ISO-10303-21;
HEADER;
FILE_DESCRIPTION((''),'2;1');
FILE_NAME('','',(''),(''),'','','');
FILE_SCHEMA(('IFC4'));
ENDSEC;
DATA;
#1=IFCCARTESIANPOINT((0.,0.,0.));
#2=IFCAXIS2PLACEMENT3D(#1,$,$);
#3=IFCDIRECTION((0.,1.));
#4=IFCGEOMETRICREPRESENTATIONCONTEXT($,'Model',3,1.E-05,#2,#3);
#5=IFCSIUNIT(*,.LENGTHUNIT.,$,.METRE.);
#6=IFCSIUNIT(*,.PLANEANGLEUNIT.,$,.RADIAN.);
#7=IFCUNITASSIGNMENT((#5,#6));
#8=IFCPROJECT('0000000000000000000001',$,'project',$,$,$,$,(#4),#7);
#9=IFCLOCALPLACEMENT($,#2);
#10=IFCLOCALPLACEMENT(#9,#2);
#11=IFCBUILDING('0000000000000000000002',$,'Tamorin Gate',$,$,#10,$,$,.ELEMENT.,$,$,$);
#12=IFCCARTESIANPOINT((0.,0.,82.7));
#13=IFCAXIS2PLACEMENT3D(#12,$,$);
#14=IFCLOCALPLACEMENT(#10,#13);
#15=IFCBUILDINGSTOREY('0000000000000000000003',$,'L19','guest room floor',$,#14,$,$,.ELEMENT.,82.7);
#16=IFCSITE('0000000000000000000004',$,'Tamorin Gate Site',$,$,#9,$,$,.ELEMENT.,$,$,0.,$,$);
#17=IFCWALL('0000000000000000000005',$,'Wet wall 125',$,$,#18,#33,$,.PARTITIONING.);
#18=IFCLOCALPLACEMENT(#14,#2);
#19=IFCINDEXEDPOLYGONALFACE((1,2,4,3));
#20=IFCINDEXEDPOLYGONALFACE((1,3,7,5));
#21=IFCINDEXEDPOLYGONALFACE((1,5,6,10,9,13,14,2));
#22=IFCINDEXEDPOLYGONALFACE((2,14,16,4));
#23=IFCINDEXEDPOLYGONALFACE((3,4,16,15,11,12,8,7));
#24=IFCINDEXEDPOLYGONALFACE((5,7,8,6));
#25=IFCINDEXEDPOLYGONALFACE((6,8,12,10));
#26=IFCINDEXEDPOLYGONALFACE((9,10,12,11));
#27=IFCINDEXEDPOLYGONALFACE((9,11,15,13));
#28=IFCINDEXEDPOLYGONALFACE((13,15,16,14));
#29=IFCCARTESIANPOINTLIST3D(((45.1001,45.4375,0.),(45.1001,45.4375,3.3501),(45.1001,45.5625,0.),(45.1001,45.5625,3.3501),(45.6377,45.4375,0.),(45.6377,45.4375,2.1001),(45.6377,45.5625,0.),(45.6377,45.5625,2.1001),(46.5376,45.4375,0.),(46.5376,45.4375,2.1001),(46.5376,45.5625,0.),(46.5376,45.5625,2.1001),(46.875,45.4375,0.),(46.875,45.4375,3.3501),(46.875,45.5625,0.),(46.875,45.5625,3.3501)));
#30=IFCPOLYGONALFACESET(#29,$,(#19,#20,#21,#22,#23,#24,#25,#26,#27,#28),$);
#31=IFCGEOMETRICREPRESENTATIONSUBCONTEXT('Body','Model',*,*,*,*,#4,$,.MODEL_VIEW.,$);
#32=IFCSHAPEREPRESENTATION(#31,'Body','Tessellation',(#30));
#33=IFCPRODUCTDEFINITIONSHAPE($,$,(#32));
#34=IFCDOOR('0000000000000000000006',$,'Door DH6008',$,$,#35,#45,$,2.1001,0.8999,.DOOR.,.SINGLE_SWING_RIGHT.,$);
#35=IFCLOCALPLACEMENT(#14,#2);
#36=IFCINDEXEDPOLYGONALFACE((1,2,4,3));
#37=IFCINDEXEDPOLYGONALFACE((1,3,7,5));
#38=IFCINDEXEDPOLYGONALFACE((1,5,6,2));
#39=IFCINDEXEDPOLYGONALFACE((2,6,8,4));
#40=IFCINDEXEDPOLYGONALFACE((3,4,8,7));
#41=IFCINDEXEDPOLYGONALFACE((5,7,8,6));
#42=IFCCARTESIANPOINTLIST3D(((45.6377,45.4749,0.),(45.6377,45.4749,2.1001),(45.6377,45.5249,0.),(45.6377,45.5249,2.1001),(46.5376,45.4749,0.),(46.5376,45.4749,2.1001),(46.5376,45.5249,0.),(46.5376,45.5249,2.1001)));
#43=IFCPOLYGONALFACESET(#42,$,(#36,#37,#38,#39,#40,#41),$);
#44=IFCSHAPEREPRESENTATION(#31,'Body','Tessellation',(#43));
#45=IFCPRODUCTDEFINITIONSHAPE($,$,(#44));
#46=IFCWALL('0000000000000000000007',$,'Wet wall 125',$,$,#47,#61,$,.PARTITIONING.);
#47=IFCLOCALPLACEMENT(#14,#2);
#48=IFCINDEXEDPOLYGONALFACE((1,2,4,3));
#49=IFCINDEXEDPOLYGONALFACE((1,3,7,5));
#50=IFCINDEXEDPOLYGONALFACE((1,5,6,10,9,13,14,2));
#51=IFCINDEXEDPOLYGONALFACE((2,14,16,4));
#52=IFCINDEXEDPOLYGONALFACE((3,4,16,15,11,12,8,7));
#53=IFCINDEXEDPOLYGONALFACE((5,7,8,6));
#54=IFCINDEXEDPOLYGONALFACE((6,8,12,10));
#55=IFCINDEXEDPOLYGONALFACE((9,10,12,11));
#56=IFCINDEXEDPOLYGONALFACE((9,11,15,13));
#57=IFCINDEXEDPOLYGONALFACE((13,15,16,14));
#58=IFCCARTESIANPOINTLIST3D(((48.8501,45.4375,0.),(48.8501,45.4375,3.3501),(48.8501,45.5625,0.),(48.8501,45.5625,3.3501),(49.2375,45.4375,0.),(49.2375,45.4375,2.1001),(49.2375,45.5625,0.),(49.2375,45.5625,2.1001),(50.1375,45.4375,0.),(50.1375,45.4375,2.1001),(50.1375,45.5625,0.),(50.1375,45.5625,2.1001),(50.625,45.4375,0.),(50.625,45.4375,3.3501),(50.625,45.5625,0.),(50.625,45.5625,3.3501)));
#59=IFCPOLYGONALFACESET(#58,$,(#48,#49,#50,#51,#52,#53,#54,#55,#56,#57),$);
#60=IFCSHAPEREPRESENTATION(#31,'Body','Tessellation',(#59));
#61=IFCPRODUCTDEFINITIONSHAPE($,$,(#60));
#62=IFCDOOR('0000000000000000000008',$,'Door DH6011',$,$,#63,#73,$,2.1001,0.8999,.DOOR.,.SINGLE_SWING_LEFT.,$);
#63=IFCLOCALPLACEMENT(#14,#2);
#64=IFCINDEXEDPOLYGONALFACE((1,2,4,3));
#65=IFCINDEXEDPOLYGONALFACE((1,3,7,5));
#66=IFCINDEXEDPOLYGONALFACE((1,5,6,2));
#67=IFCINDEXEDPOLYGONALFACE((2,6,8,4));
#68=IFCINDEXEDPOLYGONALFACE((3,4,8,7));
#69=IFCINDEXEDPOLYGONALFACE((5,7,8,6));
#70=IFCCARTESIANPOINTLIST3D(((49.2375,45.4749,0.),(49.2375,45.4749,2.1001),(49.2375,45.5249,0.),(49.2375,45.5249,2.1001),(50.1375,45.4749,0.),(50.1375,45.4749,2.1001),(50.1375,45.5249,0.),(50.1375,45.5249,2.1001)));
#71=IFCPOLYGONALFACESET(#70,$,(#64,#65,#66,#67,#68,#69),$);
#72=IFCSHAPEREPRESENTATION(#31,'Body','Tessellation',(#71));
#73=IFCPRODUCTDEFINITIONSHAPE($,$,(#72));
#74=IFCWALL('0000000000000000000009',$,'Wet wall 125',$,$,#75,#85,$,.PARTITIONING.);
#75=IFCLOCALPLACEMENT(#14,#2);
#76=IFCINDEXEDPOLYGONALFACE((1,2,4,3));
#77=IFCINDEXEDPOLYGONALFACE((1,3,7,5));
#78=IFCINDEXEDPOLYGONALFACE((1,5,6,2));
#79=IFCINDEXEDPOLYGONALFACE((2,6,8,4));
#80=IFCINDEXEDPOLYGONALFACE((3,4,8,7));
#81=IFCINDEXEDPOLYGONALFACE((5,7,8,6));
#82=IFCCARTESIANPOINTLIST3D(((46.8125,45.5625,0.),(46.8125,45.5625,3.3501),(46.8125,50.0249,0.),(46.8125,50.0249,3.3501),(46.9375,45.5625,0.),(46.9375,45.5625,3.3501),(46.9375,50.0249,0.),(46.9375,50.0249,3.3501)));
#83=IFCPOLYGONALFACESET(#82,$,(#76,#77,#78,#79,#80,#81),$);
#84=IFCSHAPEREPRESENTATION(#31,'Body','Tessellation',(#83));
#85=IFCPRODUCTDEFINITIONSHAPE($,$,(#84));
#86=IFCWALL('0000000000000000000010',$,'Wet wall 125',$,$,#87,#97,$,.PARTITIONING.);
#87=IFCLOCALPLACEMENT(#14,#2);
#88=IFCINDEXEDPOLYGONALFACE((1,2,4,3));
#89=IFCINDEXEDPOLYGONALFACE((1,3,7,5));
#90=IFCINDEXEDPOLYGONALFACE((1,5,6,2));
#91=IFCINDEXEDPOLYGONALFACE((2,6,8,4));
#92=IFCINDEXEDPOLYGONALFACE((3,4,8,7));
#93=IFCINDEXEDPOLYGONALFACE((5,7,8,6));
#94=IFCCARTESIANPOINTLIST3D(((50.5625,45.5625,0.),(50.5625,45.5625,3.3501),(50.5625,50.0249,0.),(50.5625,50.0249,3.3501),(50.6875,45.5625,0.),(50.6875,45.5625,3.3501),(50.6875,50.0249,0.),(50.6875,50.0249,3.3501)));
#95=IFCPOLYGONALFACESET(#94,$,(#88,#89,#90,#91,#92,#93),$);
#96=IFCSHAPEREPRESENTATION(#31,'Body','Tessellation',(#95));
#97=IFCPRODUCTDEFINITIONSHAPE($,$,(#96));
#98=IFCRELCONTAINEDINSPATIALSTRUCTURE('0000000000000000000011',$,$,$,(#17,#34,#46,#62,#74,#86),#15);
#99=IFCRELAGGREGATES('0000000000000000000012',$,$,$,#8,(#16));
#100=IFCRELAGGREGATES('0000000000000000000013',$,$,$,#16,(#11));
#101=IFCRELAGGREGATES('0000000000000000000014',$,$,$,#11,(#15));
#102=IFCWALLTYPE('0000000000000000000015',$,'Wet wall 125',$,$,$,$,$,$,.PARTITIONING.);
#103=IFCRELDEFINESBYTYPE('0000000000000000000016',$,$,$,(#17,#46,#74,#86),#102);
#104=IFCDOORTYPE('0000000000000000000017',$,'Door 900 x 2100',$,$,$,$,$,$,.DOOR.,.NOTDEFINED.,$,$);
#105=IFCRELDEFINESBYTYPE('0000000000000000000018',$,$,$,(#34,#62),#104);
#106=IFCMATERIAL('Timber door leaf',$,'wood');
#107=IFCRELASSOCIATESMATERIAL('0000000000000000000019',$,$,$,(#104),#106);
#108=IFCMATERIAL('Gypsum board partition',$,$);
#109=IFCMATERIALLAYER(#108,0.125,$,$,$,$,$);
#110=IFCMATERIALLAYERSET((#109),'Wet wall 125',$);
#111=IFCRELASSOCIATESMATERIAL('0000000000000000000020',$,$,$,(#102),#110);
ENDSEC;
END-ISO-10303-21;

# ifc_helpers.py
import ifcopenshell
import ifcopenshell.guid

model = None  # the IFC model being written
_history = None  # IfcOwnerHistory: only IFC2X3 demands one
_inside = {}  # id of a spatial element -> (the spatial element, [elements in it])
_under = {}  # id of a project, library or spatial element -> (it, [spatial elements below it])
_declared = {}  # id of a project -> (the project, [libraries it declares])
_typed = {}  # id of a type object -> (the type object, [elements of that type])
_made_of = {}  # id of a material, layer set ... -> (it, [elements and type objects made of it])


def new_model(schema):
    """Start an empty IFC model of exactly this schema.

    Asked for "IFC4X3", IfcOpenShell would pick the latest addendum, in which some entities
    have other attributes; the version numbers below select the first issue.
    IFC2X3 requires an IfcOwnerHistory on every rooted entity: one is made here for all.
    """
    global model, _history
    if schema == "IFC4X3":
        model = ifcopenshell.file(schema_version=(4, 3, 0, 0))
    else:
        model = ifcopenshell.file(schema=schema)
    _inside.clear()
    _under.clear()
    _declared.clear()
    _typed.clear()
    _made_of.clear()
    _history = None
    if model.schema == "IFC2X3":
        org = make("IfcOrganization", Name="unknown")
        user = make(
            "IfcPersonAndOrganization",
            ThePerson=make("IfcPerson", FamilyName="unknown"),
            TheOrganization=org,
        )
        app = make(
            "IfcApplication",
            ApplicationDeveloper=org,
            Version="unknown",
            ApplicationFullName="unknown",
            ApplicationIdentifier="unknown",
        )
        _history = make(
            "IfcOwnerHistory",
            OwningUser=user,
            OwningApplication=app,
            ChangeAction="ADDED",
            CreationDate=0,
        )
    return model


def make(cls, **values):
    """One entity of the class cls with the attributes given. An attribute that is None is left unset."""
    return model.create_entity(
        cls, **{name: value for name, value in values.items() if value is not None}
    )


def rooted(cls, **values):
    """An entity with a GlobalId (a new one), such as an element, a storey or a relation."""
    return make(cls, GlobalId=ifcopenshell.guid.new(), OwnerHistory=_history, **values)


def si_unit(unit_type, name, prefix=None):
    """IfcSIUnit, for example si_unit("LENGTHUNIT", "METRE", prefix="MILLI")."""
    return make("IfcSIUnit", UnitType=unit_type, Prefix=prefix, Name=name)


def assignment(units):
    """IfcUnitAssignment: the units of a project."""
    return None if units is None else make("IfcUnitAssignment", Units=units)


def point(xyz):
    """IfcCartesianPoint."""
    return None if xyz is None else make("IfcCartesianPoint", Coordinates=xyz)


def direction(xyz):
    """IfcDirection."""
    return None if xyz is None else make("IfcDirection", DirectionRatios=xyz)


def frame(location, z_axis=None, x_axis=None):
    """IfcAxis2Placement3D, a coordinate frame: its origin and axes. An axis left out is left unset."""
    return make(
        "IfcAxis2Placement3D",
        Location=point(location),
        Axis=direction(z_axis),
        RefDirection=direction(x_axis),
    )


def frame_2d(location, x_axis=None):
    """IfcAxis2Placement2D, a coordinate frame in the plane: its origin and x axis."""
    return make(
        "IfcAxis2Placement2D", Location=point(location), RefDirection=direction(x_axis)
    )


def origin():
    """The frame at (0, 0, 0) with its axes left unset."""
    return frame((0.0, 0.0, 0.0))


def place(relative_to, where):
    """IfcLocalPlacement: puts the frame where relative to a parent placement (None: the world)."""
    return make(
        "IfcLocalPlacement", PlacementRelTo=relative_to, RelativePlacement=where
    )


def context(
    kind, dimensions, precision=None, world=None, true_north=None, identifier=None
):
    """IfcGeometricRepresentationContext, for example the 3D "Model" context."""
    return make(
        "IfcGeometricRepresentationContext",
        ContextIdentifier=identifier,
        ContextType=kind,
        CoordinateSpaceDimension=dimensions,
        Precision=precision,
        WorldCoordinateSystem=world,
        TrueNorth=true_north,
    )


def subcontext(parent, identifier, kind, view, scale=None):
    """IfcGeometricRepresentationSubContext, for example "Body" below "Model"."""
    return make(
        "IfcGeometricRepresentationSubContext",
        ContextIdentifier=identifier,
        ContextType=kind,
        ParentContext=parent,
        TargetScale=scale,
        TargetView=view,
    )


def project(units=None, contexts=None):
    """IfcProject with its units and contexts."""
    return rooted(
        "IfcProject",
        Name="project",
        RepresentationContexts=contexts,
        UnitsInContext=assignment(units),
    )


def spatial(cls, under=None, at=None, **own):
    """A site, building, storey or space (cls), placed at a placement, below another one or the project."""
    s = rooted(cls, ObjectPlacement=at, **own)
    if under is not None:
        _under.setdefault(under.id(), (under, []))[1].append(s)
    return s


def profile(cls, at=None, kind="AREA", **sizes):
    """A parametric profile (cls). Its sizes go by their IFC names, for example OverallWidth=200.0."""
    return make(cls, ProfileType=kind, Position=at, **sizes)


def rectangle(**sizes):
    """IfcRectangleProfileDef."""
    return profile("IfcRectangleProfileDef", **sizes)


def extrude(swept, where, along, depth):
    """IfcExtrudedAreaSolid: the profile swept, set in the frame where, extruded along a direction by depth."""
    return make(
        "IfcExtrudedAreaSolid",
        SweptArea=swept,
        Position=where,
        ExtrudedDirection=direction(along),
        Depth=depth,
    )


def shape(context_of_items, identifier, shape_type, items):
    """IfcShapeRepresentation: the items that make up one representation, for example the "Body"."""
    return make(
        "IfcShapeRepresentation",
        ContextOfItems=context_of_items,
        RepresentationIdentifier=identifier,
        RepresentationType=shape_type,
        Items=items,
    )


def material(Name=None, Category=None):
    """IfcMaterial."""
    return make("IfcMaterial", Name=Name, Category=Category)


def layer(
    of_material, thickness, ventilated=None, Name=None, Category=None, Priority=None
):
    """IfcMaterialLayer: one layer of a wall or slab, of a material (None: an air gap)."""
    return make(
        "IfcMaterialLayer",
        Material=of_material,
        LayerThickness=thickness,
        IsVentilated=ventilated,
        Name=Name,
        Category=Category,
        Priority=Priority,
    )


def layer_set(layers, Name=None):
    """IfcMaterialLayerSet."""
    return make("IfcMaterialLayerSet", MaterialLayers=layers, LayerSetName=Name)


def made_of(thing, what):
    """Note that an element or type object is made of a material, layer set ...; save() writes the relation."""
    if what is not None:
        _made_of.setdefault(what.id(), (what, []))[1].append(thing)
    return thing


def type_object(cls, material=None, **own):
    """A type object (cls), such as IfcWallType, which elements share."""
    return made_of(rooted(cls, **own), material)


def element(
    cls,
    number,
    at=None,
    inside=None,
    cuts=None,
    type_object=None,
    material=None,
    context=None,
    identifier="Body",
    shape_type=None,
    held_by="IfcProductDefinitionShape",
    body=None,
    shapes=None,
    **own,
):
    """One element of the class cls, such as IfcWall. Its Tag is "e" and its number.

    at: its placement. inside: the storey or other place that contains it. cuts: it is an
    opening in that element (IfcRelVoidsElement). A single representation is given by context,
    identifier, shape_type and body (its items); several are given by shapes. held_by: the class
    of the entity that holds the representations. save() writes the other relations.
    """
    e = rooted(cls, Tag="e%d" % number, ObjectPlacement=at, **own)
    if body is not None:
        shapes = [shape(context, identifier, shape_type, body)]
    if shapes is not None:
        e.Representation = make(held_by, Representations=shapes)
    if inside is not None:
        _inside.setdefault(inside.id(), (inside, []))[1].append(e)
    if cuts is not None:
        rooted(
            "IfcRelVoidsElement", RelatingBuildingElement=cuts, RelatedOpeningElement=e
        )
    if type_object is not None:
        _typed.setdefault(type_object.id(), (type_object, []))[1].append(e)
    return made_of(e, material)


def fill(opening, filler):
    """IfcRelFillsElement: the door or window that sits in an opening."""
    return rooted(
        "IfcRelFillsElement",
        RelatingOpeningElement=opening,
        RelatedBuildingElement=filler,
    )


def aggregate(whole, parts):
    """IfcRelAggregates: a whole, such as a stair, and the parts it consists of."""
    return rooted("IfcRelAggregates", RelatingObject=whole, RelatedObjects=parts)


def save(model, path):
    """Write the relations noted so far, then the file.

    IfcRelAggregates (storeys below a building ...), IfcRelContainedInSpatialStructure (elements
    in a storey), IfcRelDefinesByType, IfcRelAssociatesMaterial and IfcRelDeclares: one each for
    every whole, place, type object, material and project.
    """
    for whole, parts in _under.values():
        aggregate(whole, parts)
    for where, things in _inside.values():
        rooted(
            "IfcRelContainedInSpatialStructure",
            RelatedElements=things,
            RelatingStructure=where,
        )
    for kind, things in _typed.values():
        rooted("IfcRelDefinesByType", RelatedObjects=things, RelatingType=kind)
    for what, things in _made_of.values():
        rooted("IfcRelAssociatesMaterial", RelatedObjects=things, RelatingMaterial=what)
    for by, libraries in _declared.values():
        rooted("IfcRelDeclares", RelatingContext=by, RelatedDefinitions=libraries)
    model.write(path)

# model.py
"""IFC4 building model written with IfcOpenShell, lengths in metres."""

from ifc_helpers import new_model, si_unit, direction, frame, frame_2d, origin, place, context, subcontext, project, spatial, rectangle, extrude, material, layer, layer_set, type_object, element, fill, save


model = new_model("IFC4")

# Units and contexts
model_context = context("Model", 3, precision=1e-05, world=origin(), true_north=direction((0.0, 1.0)))
body_context = subcontext(model_context, "Body", "Model", "MODEL_VIEW")
ifc_project = project(units=[si_unit("LENGTHUNIT", "METRE"), si_unit("PLANEANGLEUNIT", "RADIAN")], contexts=[model_context])

# Site, building, storey
site_placement = place(None, origin())
site = spatial("IfcSite", under=ifc_project, at=site_placement, Name="Tamorin Gate Site", CompositionType="ELEMENT", RefElevation=0.0)
building_placement = place(site_placement, origin())
building = spatial("IfcBuilding", under=site, at=building_placement, Name="Tamorin Gate", CompositionType="ELEMENT")
storey_placement = place(building_placement, frame((0.0, 0.0, 82.7)))
storey = spatial("IfcBuildingStorey", under=building, at=storey_placement, Name="L19", Description="guest room floor", CompositionType="ELEMENT", Elevation=82.7)

# Shared definitions
ifc_material_1 = material(Name="Gypsum board partition")

# Shared definitions
ifc_material_2 = material(Name="Timber door leaf", Category="wood")
door_type = type_object("IfcDoorType", Name="Door 900 x 2100", OperationType="NOTDEFINED", PredefinedType="DOOR", material=ifc_material_2)

# Walls, openings, doors
ifc_layer_1 = layer(ifc_material_1, 0.125)
ifc_layer_set_1 = layer_set([ifc_layer_1], Name="Wet wall 125")
wall_type_1 = type_object("IfcWallType", Name="Wet wall 125", PredefinedType="PARTITIONING", material=ifc_layer_set_1)
wall_1_placement = place(storey_placement, frame((45.1001, 45.5, 0.0), z_axis=(0.0, 0.0, 1.0), x_axis=(1.0, 0.0, 0.0)))
wall_1 = element("IfcWall", 1, at=wall_1_placement, inside=storey, type_object=wall_type_1, Name="Wet wall 125", PredefinedType="PARTITIONING", context=body_context, shape_type="SweptSolid", body=[
    extrude(rectangle(XDim=1.7749, YDim=0.125, at=frame_2d((0.8875, 0.0))), origin(), (0.0, 0.0, 1.0), 3.3501),
])
opening_1_placement = place(wall_1_placement, frame((0.5376, 0.0, 0.0)))
opening_1 = element("IfcOpeningElement", 2, at=opening_1_placement, cuts=wall_1, PredefinedType="OPENING", context=body_context, shape_type="SweptSolid", body=[
    extrude(rectangle(XDim=0.8999, YDim=2.1001, at=frame_2d((0.45, 1.05))), frame((0.0, 0.0725, 0.0), z_axis=(0.0, -1.0, 0.0), x_axis=(1.0, 0.0, 0.0)), (0.0, 0.0, 1.0), 0.145),
])
door_1_placement = place(opening_1_placement, origin())
door_1 = element("IfcDoor", 3, at=door_1_placement, inside=storey, type_object=door_type, Name="Door DH6008", OperationType="SINGLE_SWING_RIGHT", OverallHeight=2.1001, OverallWidth=0.8999, PredefinedType="DOOR", context=body_context, shape_type="SweptSolid", body=[
    extrude(rectangle(XDim=0.8999, YDim=2.1001, at=frame_2d((0.45, 1.05))), frame((0.0, 0.0249, 0.0), z_axis=(0.0, -1.0, 0.0), x_axis=(1.0, 0.0, 0.0)), (0.0, 0.0, 1.0), 0.05),
])
fill(opening_1, door_1)
wall_2_placement = place(storey_placement, frame((48.8501, 45.5, 0.0), z_axis=(0.0, 0.0, 1.0), x_axis=(1.0, 0.0, 0.0)))
wall_2 = element("IfcWall", 4, at=wall_2_placement, inside=storey, type_object=wall_type_1, Name="Wet wall 125", PredefinedType="PARTITIONING", context=body_context, shape_type="SweptSolid", body=[
    extrude(rectangle(XDim=1.7749, YDim=0.125, at=frame_2d((0.8875, 0.0))), origin(), (0.0, 0.0, 1.0), 3.3501),
])
opening_2_placement = place(wall_2_placement, frame((0.3875, 0.0, 0.0)))
opening_2 = element("IfcOpeningElement", 5, at=opening_2_placement, cuts=wall_2, PredefinedType="OPENING", context=body_context, shape_type="SweptSolid", body=[
    extrude(rectangle(XDim=0.8999, YDim=2.1001, at=frame_2d((0.45, 1.05))), frame((0.0, 0.0725, 0.0), z_axis=(0.0, -1.0, 0.0), x_axis=(1.0, 0.0, 0.0)), (0.0, 0.0, 1.0), 0.145),
])
door_2_placement = place(opening_2_placement, origin())
door_2 = element("IfcDoor", 6, at=door_2_placement, inside=storey, type_object=door_type, Name="Door DH6011", OperationType="SINGLE_SWING_LEFT", OverallHeight=2.1001, OverallWidth=0.8999, PredefinedType="DOOR", context=body_context, shape_type="SweptSolid", body=[
    extrude(rectangle(XDim=0.8999, YDim=2.1001, at=frame_2d((0.45, 1.05))), frame((0.0, 0.0249, 0.0), z_axis=(0.0, -1.0, 0.0), x_axis=(1.0, 0.0, 0.0)), (0.0, 0.0, 1.0), 0.05),
])
fill(opening_2, door_2)

# Walls
for number, where, z_axis, x_axis, name in (
    (7, (46.875, 45.5625, 0.0), (0.0, 0.0, 1.0), (0.0, 1.0, 0.0), "Wet wall 125"),
    (8, (50.625, 45.5625, 0.0), (0.0, 0.0, 1.0), (0.0, 1.0, 0.0), "Wet wall 125"),
):
    element("IfcWall", number, at=place(storey_placement, frame(where, z_axis=z_axis, x_axis=x_axis)), inside=storey, type_object=wall_type_1, Name=name, PredefinedType="PARTITIONING", context=body_context, shape_type="SweptSolid", body=[
        extrude(rectangle(XDim=4.4624, YDim=0.125, at=frame_2d((2.2312, 0.0))), origin(), (0.0, 0.0, 1.0), 3.3501),
    ])

save(model, "model.ifc")
